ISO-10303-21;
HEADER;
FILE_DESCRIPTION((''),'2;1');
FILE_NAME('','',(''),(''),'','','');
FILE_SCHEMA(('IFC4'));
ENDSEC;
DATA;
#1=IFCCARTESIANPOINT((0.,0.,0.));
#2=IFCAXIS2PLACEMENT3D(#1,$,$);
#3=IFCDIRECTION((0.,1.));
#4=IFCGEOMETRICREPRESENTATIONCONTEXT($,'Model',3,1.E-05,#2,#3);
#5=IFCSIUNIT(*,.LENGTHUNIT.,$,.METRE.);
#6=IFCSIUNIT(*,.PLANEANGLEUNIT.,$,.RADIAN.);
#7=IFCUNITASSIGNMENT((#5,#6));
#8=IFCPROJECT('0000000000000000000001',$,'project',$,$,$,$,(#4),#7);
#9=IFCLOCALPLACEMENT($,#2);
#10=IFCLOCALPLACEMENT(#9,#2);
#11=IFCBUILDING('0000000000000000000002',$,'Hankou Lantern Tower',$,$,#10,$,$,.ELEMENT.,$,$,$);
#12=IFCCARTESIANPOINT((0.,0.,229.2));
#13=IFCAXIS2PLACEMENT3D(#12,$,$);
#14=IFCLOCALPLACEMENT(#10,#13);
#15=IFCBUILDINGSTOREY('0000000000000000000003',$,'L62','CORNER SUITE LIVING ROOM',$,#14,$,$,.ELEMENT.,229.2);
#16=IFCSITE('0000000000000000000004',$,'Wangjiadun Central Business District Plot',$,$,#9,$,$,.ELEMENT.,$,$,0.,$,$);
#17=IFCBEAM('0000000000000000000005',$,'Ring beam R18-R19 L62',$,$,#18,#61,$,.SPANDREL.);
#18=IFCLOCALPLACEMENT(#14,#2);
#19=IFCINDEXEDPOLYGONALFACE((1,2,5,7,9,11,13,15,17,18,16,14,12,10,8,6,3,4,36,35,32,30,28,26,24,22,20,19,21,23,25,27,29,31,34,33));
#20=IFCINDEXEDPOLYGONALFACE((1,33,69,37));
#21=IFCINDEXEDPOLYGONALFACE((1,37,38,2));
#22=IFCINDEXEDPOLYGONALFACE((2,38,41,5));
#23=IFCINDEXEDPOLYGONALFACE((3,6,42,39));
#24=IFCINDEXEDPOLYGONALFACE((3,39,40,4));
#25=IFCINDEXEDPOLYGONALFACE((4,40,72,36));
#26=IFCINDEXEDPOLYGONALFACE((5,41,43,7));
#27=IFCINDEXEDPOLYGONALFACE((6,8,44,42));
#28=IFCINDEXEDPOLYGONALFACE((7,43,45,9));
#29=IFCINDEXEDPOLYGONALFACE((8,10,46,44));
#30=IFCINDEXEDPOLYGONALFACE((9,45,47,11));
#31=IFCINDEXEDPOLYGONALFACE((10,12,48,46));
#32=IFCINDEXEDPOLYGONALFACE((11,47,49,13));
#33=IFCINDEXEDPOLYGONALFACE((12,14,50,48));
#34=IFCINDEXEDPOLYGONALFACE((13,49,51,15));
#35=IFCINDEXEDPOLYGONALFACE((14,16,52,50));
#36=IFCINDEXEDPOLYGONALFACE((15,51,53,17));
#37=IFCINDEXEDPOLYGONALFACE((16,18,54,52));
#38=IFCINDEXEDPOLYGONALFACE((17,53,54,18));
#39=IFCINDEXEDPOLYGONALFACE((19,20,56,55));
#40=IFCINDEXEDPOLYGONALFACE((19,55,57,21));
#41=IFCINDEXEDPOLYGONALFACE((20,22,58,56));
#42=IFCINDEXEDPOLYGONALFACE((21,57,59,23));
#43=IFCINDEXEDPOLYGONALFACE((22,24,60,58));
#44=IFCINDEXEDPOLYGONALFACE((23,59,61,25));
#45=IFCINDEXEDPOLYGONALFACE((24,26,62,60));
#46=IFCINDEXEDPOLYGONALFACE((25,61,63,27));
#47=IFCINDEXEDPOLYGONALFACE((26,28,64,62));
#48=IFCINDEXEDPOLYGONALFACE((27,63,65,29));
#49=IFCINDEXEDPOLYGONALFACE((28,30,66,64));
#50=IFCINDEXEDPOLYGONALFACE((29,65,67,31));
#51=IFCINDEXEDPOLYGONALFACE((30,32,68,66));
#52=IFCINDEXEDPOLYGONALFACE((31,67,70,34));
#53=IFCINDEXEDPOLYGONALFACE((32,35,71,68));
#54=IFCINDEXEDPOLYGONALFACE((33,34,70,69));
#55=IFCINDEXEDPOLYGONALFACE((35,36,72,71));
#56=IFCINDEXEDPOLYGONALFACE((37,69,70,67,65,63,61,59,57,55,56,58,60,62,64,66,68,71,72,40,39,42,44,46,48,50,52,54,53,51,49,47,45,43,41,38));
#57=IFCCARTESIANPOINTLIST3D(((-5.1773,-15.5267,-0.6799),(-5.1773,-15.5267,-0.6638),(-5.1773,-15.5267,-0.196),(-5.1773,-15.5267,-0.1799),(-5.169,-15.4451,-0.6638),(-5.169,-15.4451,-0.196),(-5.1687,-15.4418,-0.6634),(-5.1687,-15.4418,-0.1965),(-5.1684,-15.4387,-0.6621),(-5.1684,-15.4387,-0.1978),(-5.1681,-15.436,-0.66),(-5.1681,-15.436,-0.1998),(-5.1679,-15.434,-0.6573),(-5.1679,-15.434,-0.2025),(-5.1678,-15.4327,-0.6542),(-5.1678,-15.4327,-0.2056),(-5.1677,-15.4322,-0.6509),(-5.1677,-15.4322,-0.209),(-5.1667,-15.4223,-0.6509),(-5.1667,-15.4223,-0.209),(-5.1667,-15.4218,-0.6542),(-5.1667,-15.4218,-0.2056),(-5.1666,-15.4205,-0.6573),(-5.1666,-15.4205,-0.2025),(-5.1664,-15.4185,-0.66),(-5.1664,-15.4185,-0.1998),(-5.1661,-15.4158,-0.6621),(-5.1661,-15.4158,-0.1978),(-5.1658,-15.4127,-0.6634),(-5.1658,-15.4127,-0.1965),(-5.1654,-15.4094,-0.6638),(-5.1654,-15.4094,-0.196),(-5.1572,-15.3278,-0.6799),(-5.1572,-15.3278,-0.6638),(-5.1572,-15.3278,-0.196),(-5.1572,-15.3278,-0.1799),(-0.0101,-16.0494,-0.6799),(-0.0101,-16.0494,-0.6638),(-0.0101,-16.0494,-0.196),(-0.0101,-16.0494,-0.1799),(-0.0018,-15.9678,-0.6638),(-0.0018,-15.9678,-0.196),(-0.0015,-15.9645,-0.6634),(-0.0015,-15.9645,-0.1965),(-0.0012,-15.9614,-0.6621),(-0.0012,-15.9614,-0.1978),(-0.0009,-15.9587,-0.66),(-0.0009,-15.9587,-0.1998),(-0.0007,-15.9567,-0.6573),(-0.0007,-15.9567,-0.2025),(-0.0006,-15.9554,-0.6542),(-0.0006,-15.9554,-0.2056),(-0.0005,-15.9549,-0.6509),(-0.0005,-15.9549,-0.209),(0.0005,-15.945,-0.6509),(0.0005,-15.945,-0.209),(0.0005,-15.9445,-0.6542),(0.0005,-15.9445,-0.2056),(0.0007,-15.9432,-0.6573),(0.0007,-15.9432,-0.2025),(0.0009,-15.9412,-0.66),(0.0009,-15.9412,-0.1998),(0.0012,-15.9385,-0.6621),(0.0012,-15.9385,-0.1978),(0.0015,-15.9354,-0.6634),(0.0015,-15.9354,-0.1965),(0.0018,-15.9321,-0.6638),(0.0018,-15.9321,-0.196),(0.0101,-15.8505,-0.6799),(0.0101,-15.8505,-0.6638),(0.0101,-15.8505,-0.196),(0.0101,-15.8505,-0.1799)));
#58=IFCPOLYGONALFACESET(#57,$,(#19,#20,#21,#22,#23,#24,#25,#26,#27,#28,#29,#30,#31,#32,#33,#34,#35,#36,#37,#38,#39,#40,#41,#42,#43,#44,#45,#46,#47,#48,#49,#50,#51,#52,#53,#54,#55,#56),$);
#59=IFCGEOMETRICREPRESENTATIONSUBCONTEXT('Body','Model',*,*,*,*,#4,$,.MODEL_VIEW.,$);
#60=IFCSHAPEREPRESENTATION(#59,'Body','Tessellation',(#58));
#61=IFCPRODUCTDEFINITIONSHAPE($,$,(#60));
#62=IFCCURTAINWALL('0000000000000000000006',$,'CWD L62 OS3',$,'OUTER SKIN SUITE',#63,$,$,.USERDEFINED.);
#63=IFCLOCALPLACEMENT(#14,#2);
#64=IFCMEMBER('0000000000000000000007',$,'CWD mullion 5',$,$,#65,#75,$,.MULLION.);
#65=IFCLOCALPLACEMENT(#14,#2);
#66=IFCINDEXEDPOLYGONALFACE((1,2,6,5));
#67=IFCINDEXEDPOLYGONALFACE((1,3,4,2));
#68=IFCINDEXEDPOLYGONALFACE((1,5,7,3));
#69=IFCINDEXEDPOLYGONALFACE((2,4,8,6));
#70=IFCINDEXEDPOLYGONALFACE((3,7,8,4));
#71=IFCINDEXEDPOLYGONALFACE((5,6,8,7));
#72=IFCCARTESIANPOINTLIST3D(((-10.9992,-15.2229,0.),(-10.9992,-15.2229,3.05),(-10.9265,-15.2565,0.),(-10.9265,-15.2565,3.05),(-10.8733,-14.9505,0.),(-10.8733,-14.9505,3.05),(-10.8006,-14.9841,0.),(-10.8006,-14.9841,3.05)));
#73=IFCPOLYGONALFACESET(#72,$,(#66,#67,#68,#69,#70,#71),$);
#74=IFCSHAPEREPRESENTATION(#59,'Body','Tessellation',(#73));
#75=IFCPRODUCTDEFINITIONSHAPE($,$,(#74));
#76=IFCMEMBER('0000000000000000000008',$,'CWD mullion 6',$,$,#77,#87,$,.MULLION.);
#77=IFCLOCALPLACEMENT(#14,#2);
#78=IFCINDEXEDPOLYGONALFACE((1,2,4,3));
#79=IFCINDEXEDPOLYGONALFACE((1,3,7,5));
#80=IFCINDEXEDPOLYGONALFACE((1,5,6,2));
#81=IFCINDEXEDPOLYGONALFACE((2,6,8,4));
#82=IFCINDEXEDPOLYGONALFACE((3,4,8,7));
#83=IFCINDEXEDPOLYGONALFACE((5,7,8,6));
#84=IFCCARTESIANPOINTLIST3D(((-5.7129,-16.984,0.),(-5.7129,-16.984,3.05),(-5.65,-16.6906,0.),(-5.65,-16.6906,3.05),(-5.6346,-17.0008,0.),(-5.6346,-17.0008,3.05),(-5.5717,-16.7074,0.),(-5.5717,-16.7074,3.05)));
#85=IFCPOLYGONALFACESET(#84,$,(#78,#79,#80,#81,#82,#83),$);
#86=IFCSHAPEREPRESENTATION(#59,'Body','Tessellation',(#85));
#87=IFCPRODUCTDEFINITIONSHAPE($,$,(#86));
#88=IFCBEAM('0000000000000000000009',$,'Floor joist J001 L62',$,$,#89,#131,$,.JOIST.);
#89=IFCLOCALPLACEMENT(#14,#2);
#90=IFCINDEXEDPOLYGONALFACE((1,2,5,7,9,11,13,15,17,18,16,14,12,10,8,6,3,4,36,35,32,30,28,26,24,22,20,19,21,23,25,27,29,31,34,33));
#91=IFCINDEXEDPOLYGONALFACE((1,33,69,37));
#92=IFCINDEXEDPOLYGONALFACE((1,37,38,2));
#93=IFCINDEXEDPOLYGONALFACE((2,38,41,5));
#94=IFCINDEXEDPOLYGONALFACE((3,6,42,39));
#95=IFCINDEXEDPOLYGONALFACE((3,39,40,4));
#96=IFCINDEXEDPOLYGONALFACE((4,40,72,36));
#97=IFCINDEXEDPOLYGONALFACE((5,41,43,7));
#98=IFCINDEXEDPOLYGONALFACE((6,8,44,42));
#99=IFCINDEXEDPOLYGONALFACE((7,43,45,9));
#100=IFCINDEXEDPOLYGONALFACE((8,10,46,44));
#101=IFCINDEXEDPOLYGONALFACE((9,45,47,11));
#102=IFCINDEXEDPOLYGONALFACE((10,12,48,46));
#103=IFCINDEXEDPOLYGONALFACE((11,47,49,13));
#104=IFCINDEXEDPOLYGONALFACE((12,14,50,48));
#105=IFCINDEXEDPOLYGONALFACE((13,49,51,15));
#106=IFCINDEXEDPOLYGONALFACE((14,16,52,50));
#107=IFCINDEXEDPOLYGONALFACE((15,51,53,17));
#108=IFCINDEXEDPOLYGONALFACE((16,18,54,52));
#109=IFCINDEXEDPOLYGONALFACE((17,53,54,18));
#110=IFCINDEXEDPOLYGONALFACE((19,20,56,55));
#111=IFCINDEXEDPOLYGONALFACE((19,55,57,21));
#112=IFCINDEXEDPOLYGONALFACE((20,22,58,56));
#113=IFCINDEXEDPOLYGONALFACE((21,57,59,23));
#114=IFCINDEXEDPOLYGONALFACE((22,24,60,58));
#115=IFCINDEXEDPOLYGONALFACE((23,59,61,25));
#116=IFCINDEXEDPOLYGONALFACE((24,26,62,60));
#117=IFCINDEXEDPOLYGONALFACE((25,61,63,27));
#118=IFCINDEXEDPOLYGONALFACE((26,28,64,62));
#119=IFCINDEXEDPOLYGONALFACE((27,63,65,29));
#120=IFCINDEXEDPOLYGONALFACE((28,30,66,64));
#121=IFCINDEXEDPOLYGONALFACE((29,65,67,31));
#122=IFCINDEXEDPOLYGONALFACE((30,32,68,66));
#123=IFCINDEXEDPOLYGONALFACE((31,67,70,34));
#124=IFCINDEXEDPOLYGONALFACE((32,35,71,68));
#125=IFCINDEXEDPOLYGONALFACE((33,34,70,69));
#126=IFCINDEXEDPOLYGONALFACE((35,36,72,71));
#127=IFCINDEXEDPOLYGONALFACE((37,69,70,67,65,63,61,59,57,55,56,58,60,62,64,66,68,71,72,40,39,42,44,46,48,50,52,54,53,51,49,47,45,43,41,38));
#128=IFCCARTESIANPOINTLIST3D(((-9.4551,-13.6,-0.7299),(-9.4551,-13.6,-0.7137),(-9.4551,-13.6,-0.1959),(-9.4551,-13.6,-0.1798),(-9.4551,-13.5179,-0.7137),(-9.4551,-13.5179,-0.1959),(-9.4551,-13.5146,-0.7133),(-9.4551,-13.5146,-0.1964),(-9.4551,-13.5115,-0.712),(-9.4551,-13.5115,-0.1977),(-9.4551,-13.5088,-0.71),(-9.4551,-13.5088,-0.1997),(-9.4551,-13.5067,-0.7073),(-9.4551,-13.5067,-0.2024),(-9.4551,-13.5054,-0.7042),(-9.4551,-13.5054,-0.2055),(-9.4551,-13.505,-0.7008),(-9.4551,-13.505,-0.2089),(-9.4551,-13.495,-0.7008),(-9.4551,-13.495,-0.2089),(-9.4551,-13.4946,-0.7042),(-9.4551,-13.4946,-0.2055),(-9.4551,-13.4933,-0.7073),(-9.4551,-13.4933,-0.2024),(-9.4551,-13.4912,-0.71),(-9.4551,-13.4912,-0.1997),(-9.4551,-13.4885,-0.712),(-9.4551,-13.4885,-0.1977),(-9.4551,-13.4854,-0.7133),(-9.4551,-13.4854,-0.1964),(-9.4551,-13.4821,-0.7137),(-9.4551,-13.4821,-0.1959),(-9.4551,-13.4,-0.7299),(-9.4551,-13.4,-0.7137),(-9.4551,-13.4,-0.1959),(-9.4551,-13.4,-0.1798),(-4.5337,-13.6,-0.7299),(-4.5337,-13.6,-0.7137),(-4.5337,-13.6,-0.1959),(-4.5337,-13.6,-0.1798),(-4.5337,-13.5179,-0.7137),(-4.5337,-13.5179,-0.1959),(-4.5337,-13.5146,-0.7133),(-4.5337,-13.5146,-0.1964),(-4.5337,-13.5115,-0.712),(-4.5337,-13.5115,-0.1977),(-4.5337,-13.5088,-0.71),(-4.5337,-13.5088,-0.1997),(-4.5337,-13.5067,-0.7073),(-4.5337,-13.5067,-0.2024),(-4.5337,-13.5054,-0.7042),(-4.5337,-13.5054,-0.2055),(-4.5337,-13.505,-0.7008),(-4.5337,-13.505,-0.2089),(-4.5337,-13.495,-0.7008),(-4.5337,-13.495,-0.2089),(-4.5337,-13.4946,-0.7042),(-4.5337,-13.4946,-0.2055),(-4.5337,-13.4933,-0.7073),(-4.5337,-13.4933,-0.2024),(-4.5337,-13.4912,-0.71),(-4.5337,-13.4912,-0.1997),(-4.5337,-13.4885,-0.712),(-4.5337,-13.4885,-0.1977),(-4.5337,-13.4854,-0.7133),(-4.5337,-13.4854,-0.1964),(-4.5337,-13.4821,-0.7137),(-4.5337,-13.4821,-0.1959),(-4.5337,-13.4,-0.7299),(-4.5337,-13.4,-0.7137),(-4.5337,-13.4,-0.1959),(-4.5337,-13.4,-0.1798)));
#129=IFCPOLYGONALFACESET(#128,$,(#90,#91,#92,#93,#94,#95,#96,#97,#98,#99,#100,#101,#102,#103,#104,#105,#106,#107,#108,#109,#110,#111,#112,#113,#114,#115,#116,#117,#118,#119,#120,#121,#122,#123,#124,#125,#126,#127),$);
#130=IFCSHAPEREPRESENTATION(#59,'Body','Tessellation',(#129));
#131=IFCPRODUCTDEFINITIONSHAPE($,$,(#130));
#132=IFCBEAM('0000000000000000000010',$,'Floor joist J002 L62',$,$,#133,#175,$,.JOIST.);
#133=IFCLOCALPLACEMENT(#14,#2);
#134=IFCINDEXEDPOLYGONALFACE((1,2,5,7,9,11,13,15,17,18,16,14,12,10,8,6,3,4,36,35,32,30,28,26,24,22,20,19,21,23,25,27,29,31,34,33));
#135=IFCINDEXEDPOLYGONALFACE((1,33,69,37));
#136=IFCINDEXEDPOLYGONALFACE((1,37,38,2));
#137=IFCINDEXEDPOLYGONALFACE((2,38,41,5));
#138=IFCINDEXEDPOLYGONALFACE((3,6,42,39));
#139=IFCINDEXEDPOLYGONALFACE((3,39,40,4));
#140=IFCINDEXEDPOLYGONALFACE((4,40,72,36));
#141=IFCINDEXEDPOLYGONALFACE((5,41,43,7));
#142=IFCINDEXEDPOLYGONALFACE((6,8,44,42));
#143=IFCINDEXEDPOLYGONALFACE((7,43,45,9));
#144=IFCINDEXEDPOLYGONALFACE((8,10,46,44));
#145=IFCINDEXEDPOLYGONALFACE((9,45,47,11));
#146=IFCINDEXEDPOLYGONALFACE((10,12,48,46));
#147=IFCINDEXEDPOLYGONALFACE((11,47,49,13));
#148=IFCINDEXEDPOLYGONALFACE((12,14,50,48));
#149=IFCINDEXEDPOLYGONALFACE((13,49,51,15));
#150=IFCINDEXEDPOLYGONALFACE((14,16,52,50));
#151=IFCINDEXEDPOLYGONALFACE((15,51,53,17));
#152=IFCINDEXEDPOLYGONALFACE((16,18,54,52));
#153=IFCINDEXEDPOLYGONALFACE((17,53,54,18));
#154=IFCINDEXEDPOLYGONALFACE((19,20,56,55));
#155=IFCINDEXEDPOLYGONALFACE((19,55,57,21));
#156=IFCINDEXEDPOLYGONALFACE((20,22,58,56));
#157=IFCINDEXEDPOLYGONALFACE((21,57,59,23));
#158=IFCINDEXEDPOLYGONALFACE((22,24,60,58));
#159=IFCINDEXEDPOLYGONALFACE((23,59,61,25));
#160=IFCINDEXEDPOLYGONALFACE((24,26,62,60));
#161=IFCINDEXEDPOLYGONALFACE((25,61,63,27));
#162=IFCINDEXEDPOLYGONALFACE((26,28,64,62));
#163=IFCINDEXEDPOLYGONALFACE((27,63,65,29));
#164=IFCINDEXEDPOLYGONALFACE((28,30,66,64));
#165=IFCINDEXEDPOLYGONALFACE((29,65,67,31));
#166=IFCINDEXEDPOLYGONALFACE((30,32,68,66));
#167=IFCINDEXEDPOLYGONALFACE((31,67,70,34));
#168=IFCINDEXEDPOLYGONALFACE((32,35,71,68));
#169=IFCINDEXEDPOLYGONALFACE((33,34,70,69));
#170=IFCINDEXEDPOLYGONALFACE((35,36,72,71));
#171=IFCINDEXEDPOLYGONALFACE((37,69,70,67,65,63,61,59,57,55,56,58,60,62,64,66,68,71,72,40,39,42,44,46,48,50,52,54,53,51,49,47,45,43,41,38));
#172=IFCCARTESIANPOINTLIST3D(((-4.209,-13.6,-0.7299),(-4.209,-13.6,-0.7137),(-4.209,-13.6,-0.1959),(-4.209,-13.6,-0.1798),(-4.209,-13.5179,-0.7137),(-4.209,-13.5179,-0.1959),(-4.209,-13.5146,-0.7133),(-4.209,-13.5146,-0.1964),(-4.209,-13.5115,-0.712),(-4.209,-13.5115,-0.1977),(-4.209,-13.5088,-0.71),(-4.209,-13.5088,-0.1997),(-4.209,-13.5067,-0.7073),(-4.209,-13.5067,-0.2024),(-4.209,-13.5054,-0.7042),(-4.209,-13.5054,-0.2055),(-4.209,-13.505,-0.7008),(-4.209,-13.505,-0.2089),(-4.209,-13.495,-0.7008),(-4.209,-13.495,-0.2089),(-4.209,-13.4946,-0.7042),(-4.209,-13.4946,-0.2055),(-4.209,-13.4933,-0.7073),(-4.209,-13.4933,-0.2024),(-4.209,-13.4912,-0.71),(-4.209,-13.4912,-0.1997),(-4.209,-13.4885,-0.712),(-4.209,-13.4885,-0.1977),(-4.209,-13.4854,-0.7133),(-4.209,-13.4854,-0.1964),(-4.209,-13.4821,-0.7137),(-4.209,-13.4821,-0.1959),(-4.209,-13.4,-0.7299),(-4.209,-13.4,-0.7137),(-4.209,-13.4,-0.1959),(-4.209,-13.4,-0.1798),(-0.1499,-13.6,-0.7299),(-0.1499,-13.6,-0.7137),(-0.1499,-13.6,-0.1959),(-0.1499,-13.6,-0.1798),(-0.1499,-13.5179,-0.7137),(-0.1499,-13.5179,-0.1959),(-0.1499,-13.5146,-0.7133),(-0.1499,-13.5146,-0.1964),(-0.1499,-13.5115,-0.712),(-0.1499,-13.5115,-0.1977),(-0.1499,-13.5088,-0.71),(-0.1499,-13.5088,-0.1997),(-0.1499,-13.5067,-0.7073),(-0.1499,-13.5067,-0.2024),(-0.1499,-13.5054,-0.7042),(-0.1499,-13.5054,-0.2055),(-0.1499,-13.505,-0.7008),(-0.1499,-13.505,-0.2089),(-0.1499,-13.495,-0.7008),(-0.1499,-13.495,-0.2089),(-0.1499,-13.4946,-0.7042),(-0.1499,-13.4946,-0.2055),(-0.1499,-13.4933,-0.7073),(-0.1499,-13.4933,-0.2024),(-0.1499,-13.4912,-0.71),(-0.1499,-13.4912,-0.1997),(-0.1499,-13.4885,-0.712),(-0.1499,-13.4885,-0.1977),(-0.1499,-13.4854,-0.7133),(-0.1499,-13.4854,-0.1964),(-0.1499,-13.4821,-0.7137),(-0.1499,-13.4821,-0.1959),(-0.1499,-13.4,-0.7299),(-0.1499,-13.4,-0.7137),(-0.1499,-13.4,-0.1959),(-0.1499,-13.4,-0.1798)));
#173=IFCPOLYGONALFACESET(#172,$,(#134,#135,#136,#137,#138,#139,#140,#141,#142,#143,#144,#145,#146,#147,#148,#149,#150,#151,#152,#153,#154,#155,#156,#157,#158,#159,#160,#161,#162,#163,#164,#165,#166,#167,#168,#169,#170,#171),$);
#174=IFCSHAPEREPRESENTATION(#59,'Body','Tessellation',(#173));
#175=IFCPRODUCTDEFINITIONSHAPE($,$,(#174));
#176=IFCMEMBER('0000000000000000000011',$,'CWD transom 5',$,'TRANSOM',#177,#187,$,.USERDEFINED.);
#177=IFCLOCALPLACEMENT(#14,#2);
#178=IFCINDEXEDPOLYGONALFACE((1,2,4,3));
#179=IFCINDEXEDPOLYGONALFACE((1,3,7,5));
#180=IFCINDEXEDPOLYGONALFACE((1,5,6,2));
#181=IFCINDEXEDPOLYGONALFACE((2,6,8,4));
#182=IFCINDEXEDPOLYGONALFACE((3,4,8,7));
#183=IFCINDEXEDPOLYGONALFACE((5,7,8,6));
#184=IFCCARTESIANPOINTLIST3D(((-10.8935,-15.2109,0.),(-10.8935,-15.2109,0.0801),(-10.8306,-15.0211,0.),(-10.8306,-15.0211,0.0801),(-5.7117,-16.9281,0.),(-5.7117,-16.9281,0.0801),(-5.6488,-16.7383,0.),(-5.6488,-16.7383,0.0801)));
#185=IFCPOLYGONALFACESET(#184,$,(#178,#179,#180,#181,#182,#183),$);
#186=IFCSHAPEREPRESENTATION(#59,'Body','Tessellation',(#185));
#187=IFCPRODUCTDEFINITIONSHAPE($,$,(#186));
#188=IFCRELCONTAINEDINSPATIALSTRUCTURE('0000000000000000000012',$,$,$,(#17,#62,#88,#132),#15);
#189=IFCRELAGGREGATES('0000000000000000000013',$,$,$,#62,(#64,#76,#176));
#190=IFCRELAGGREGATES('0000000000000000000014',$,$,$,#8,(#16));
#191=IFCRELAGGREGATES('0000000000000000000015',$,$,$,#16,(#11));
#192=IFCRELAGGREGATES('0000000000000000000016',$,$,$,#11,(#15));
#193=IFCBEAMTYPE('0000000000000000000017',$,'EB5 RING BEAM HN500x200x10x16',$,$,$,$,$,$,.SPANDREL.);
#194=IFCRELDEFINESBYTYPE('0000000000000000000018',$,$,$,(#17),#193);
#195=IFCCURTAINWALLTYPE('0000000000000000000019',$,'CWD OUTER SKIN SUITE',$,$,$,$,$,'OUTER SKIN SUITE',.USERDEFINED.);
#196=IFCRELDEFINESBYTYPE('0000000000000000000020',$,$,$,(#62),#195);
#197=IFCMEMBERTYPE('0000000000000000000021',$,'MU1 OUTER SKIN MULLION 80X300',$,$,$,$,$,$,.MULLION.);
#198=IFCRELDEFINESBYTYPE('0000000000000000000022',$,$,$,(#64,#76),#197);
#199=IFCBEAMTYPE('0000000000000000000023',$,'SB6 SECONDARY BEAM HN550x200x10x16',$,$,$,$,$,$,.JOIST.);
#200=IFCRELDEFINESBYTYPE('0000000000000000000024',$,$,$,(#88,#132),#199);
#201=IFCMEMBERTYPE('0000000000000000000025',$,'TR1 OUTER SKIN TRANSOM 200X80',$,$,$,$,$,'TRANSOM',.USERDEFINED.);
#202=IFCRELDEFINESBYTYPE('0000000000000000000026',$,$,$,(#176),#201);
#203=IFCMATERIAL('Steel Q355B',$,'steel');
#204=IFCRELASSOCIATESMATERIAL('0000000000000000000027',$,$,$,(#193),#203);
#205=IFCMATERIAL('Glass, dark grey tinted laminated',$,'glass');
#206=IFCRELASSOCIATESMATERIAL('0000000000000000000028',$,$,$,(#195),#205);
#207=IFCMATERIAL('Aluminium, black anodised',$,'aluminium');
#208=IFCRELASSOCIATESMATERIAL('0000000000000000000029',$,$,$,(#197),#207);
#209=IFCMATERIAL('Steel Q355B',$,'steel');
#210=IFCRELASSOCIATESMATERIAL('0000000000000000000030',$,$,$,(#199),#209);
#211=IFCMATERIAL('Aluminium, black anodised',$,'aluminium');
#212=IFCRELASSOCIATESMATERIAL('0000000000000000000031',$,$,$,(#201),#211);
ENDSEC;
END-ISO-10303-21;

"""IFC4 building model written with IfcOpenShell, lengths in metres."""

from ifc_helpers import new_model, si_unit, direction, frame, origin, origin_2d, place, context, subcontext, project, spatial, rectangle, i_section, extrude, material, material_profile, profile_set, type_object, element, aggregate, save


model = new_model("IFC4")

# Units and contexts
model_context = context("Model", 3, precision=1e-05, world=origin(), true_north=direction((0.0, 1.0)))
body_context = subcontext(model_context, "Body", "Model", "MODEL_VIEW")
ifc_project = project(units=[si_unit("LENGTHUNIT", "METRE"), si_unit("PLANEANGLEUNIT", "RADIAN")], contexts=[model_context])

# Site, building, storey
site_placement = place(None, origin())
site = spatial("IfcSite", under=ifc_project, at=site_placement, Name="Wangjiadun Central Business District Plot", CompositionType="ELEMENT", RefElevation=0.0)
building_placement = place(site_placement, origin())
building = spatial("IfcBuilding", under=site, at=building_placement, Name="Hankou Lantern Tower", CompositionType="ELEMENT")
storey_placement = place(building_placement, frame((0.0, 0.0, 229.2)))
storey = spatial("IfcBuildingStorey", under=building, at=storey_placement, Name="L62", Description="CORNER SUITE LIVING ROOM", CompositionType="ELEMENT", Elevation=229.2)

# Beam
ifc_material_1 = material(Name="Steel Q355B", Category="steel")
ifc_material_profile_1 = material_profile(ifc_material_1, i_section(OverallWidth=0.2, OverallDepth=0.5, WebThickness=0.01, FlangeThickness=0.0161, FilletRadius=0.0129, at=origin_2d()), Name="HN500x200x10x16")
ifc_profile_set_1 = profile_set([ifc_material_profile_1], Name="Steel Q355B")
beam_type_1 = type_object("IfcBeamType", Name="EB5 RING BEAM HN500x200x10x16", PredefinedType="SPANDREL", material=ifc_profile_set_1)
beam_1_placement = place(storey_placement, frame((-5.1672, -15.4272, -0.4299), z_axis=(0.994923, -0.100644, 0.0), x_axis=(0.100644, 0.994923, 0.0)))
element("IfcBeam", 1, at=beam_1_placement, inside=storey, type_object=beam_type_1, Name="Ring beam R18-R19 L62", PredefinedType="SPANDREL", context=body_context, shape_type="SweptSolid", body=[
    extrude(i_section(OverallWidth=0.2, OverallDepth=0.5, WebThickness=0.01, FlangeThickness=0.0161, FilletRadius=0.0129, at=origin_2d()), origin(), (0.0, 0.0, 1.0), 5.1936),
])

# Curtain wall, members
ifc_material_2 = material(Name="Glass, dark grey tinted laminated", Category="glass")
curtain_wall_type = type_object("IfcCurtainWallType", Name="CWD OUTER SKIN SUITE", ElementType="OUTER SKIN SUITE", PredefinedType="USERDEFINED", material=ifc_material_2)
curtain_wall_placement = place(storey_placement, origin())
curtain_wall = element("IfcCurtainWall", 2, at=curtain_wall_placement, inside=storey, type_object=curtain_wall_type, Name="CWD L62 OS3", ObjectType="OUTER SKIN SUITE", PredefinedType="USERDEFINED")
ifc_material_3 = material(Name="Aluminium, black anodised", Category="aluminium")
ifc_material_profile_2 = material_profile(ifc_material_3, rectangle(XDim=0.0801, YDim=0.3, at=origin_2d()), Name="MU1 80X300")
ifc_profile_set_2 = profile_set([ifc_material_profile_2], Name="Aluminium, black anodised")
member_type_1 = type_object("IfcMemberType", Name="MU1 OUTER SKIN MULLION 80X300", PredefinedType="MULLION", material=ifc_profile_set_2)
member_1_placement = place(storey_placement, frame((-10.8999, -15.1035, 0.0), z_axis=(0.0, 0.0, 1.0), x_axis=(0.907841, -0.419314, 0.0)))
member_1 = element("IfcMember", 3, at=member_1_placement, type_object=member_type_1, Name="CWD mullion 5", PredefinedType="MULLION", context=body_context, shape_type="SweptSolid", body=[
    extrude(rectangle(XDim=0.0801, YDim=0.3, at=origin_2d()), origin(), (0.0, 0.0, 1.0), 3.05),
])
member_2_placement = place(storey_placement, frame((-5.6423, -16.8457, 0.0), z_axis=(0.0, 0.0, 1.0), x_axis=(0.977788, -0.209598, 0.0)))
member_2 = element("IfcMember", 4, at=member_2_placement, type_object=member_type_1, Name="CWD mullion 6", PredefinedType="MULLION", context=body_context, shape_type="SweptSolid", body=[
    extrude(rectangle(XDim=0.0801, YDim=0.3, at=origin_2d()), origin(), (0.0, 0.0, 1.0), 3.05),
])

# Beams
ifc_material_4 = material(Name="Steel Q355B", Category="steel")
ifc_material_profile_3 = material_profile(ifc_material_4, i_section(OverallWidth=0.2, OverallDepth=0.55, WebThickness=0.01, FlangeThickness=0.0161, FilletRadius=0.0129, at=origin_2d()), Name="HN550x200x10x16")
ifc_profile_set_3 = profile_set([ifc_material_profile_3], Name="Steel Q355B")
beam_type_2 = type_object("IfcBeamType", Name="SB6 SECONDARY BEAM HN550x200x10x16", PredefinedType="JOIST", material=ifc_profile_set_3)
beam_2_placement = place(storey_placement, frame((-9.4551, -13.5, -0.4548), z_axis=(1.0, 0.0, 0.0), x_axis=(0.0, 1.0, 0.0)))
element("IfcBeam", 5, at=beam_2_placement, inside=storey, type_object=beam_type_2, Name="Floor joist J001 L62", PredefinedType="JOIST", context=body_context, shape_type="SweptSolid", body=[
    extrude(i_section(OverallWidth=0.2, OverallDepth=0.55, WebThickness=0.01, FlangeThickness=0.0161, FilletRadius=0.0129, at=origin_2d()), origin(), (0.0, 0.0, 1.0), 4.9214),
])
beam_3_placement = place(storey_placement, frame((-4.209, -13.5, -0.4548), z_axis=(1.0, 0.0, 0.0), x_axis=(0.0, 1.0, 0.0)))
element("IfcBeam", 6, at=beam_3_placement, inside=storey, type_object=beam_type_2, Name="Floor joist J002 L62", PredefinedType="JOIST", context=body_context, shape_type="SweptSolid", body=[
    extrude(i_section(OverallWidth=0.2, OverallDepth=0.55, WebThickness=0.01, FlangeThickness=0.0161, FilletRadius=0.0129, at=origin_2d()), origin(), (0.0, 0.0, 1.0), 4.0591),
])

# Member
ifc_material_5 = material(Name="Aluminium, black anodised", Category="aluminium")
ifc_material_profile_4 = material_profile(ifc_material_5, rectangle(XDim=0.2, YDim=0.0801, at=origin_2d()), Name="TR1 200X80")
ifc_profile_set_4 = profile_set([ifc_material_profile_4], Name="Aluminium, black anodised")
member_type_2 = type_object("IfcMemberType", Name="TR1 OUTER SKIN TRANSOM 200X80", ElementType="TRANSOM", PredefinedType="USERDEFINED", material=ifc_profile_set_4)
member_3_placement = place(storey_placement, frame((-10.8621, -15.116, 0.04), z_axis=(0.949232, -0.314577, 0.0), x_axis=(0.314577, 0.949232, 0.0)))
member_3 = element("IfcMember", 7, at=member_3_placement, type_object=member_type_2, Name="CWD transom 5", ObjectType="TRANSOM", PredefinedType="USERDEFINED", context=body_context, shape_type="SweptSolid", body=[
    extrude(rectangle(XDim=0.2, YDim=0.0801, at=origin_2d()), origin(), (0.0, 0.0, 1.0), 5.459),
])

aggregate(curtain_wall, [member_1, member_2, member_3])

save(model, "model.ifc")
